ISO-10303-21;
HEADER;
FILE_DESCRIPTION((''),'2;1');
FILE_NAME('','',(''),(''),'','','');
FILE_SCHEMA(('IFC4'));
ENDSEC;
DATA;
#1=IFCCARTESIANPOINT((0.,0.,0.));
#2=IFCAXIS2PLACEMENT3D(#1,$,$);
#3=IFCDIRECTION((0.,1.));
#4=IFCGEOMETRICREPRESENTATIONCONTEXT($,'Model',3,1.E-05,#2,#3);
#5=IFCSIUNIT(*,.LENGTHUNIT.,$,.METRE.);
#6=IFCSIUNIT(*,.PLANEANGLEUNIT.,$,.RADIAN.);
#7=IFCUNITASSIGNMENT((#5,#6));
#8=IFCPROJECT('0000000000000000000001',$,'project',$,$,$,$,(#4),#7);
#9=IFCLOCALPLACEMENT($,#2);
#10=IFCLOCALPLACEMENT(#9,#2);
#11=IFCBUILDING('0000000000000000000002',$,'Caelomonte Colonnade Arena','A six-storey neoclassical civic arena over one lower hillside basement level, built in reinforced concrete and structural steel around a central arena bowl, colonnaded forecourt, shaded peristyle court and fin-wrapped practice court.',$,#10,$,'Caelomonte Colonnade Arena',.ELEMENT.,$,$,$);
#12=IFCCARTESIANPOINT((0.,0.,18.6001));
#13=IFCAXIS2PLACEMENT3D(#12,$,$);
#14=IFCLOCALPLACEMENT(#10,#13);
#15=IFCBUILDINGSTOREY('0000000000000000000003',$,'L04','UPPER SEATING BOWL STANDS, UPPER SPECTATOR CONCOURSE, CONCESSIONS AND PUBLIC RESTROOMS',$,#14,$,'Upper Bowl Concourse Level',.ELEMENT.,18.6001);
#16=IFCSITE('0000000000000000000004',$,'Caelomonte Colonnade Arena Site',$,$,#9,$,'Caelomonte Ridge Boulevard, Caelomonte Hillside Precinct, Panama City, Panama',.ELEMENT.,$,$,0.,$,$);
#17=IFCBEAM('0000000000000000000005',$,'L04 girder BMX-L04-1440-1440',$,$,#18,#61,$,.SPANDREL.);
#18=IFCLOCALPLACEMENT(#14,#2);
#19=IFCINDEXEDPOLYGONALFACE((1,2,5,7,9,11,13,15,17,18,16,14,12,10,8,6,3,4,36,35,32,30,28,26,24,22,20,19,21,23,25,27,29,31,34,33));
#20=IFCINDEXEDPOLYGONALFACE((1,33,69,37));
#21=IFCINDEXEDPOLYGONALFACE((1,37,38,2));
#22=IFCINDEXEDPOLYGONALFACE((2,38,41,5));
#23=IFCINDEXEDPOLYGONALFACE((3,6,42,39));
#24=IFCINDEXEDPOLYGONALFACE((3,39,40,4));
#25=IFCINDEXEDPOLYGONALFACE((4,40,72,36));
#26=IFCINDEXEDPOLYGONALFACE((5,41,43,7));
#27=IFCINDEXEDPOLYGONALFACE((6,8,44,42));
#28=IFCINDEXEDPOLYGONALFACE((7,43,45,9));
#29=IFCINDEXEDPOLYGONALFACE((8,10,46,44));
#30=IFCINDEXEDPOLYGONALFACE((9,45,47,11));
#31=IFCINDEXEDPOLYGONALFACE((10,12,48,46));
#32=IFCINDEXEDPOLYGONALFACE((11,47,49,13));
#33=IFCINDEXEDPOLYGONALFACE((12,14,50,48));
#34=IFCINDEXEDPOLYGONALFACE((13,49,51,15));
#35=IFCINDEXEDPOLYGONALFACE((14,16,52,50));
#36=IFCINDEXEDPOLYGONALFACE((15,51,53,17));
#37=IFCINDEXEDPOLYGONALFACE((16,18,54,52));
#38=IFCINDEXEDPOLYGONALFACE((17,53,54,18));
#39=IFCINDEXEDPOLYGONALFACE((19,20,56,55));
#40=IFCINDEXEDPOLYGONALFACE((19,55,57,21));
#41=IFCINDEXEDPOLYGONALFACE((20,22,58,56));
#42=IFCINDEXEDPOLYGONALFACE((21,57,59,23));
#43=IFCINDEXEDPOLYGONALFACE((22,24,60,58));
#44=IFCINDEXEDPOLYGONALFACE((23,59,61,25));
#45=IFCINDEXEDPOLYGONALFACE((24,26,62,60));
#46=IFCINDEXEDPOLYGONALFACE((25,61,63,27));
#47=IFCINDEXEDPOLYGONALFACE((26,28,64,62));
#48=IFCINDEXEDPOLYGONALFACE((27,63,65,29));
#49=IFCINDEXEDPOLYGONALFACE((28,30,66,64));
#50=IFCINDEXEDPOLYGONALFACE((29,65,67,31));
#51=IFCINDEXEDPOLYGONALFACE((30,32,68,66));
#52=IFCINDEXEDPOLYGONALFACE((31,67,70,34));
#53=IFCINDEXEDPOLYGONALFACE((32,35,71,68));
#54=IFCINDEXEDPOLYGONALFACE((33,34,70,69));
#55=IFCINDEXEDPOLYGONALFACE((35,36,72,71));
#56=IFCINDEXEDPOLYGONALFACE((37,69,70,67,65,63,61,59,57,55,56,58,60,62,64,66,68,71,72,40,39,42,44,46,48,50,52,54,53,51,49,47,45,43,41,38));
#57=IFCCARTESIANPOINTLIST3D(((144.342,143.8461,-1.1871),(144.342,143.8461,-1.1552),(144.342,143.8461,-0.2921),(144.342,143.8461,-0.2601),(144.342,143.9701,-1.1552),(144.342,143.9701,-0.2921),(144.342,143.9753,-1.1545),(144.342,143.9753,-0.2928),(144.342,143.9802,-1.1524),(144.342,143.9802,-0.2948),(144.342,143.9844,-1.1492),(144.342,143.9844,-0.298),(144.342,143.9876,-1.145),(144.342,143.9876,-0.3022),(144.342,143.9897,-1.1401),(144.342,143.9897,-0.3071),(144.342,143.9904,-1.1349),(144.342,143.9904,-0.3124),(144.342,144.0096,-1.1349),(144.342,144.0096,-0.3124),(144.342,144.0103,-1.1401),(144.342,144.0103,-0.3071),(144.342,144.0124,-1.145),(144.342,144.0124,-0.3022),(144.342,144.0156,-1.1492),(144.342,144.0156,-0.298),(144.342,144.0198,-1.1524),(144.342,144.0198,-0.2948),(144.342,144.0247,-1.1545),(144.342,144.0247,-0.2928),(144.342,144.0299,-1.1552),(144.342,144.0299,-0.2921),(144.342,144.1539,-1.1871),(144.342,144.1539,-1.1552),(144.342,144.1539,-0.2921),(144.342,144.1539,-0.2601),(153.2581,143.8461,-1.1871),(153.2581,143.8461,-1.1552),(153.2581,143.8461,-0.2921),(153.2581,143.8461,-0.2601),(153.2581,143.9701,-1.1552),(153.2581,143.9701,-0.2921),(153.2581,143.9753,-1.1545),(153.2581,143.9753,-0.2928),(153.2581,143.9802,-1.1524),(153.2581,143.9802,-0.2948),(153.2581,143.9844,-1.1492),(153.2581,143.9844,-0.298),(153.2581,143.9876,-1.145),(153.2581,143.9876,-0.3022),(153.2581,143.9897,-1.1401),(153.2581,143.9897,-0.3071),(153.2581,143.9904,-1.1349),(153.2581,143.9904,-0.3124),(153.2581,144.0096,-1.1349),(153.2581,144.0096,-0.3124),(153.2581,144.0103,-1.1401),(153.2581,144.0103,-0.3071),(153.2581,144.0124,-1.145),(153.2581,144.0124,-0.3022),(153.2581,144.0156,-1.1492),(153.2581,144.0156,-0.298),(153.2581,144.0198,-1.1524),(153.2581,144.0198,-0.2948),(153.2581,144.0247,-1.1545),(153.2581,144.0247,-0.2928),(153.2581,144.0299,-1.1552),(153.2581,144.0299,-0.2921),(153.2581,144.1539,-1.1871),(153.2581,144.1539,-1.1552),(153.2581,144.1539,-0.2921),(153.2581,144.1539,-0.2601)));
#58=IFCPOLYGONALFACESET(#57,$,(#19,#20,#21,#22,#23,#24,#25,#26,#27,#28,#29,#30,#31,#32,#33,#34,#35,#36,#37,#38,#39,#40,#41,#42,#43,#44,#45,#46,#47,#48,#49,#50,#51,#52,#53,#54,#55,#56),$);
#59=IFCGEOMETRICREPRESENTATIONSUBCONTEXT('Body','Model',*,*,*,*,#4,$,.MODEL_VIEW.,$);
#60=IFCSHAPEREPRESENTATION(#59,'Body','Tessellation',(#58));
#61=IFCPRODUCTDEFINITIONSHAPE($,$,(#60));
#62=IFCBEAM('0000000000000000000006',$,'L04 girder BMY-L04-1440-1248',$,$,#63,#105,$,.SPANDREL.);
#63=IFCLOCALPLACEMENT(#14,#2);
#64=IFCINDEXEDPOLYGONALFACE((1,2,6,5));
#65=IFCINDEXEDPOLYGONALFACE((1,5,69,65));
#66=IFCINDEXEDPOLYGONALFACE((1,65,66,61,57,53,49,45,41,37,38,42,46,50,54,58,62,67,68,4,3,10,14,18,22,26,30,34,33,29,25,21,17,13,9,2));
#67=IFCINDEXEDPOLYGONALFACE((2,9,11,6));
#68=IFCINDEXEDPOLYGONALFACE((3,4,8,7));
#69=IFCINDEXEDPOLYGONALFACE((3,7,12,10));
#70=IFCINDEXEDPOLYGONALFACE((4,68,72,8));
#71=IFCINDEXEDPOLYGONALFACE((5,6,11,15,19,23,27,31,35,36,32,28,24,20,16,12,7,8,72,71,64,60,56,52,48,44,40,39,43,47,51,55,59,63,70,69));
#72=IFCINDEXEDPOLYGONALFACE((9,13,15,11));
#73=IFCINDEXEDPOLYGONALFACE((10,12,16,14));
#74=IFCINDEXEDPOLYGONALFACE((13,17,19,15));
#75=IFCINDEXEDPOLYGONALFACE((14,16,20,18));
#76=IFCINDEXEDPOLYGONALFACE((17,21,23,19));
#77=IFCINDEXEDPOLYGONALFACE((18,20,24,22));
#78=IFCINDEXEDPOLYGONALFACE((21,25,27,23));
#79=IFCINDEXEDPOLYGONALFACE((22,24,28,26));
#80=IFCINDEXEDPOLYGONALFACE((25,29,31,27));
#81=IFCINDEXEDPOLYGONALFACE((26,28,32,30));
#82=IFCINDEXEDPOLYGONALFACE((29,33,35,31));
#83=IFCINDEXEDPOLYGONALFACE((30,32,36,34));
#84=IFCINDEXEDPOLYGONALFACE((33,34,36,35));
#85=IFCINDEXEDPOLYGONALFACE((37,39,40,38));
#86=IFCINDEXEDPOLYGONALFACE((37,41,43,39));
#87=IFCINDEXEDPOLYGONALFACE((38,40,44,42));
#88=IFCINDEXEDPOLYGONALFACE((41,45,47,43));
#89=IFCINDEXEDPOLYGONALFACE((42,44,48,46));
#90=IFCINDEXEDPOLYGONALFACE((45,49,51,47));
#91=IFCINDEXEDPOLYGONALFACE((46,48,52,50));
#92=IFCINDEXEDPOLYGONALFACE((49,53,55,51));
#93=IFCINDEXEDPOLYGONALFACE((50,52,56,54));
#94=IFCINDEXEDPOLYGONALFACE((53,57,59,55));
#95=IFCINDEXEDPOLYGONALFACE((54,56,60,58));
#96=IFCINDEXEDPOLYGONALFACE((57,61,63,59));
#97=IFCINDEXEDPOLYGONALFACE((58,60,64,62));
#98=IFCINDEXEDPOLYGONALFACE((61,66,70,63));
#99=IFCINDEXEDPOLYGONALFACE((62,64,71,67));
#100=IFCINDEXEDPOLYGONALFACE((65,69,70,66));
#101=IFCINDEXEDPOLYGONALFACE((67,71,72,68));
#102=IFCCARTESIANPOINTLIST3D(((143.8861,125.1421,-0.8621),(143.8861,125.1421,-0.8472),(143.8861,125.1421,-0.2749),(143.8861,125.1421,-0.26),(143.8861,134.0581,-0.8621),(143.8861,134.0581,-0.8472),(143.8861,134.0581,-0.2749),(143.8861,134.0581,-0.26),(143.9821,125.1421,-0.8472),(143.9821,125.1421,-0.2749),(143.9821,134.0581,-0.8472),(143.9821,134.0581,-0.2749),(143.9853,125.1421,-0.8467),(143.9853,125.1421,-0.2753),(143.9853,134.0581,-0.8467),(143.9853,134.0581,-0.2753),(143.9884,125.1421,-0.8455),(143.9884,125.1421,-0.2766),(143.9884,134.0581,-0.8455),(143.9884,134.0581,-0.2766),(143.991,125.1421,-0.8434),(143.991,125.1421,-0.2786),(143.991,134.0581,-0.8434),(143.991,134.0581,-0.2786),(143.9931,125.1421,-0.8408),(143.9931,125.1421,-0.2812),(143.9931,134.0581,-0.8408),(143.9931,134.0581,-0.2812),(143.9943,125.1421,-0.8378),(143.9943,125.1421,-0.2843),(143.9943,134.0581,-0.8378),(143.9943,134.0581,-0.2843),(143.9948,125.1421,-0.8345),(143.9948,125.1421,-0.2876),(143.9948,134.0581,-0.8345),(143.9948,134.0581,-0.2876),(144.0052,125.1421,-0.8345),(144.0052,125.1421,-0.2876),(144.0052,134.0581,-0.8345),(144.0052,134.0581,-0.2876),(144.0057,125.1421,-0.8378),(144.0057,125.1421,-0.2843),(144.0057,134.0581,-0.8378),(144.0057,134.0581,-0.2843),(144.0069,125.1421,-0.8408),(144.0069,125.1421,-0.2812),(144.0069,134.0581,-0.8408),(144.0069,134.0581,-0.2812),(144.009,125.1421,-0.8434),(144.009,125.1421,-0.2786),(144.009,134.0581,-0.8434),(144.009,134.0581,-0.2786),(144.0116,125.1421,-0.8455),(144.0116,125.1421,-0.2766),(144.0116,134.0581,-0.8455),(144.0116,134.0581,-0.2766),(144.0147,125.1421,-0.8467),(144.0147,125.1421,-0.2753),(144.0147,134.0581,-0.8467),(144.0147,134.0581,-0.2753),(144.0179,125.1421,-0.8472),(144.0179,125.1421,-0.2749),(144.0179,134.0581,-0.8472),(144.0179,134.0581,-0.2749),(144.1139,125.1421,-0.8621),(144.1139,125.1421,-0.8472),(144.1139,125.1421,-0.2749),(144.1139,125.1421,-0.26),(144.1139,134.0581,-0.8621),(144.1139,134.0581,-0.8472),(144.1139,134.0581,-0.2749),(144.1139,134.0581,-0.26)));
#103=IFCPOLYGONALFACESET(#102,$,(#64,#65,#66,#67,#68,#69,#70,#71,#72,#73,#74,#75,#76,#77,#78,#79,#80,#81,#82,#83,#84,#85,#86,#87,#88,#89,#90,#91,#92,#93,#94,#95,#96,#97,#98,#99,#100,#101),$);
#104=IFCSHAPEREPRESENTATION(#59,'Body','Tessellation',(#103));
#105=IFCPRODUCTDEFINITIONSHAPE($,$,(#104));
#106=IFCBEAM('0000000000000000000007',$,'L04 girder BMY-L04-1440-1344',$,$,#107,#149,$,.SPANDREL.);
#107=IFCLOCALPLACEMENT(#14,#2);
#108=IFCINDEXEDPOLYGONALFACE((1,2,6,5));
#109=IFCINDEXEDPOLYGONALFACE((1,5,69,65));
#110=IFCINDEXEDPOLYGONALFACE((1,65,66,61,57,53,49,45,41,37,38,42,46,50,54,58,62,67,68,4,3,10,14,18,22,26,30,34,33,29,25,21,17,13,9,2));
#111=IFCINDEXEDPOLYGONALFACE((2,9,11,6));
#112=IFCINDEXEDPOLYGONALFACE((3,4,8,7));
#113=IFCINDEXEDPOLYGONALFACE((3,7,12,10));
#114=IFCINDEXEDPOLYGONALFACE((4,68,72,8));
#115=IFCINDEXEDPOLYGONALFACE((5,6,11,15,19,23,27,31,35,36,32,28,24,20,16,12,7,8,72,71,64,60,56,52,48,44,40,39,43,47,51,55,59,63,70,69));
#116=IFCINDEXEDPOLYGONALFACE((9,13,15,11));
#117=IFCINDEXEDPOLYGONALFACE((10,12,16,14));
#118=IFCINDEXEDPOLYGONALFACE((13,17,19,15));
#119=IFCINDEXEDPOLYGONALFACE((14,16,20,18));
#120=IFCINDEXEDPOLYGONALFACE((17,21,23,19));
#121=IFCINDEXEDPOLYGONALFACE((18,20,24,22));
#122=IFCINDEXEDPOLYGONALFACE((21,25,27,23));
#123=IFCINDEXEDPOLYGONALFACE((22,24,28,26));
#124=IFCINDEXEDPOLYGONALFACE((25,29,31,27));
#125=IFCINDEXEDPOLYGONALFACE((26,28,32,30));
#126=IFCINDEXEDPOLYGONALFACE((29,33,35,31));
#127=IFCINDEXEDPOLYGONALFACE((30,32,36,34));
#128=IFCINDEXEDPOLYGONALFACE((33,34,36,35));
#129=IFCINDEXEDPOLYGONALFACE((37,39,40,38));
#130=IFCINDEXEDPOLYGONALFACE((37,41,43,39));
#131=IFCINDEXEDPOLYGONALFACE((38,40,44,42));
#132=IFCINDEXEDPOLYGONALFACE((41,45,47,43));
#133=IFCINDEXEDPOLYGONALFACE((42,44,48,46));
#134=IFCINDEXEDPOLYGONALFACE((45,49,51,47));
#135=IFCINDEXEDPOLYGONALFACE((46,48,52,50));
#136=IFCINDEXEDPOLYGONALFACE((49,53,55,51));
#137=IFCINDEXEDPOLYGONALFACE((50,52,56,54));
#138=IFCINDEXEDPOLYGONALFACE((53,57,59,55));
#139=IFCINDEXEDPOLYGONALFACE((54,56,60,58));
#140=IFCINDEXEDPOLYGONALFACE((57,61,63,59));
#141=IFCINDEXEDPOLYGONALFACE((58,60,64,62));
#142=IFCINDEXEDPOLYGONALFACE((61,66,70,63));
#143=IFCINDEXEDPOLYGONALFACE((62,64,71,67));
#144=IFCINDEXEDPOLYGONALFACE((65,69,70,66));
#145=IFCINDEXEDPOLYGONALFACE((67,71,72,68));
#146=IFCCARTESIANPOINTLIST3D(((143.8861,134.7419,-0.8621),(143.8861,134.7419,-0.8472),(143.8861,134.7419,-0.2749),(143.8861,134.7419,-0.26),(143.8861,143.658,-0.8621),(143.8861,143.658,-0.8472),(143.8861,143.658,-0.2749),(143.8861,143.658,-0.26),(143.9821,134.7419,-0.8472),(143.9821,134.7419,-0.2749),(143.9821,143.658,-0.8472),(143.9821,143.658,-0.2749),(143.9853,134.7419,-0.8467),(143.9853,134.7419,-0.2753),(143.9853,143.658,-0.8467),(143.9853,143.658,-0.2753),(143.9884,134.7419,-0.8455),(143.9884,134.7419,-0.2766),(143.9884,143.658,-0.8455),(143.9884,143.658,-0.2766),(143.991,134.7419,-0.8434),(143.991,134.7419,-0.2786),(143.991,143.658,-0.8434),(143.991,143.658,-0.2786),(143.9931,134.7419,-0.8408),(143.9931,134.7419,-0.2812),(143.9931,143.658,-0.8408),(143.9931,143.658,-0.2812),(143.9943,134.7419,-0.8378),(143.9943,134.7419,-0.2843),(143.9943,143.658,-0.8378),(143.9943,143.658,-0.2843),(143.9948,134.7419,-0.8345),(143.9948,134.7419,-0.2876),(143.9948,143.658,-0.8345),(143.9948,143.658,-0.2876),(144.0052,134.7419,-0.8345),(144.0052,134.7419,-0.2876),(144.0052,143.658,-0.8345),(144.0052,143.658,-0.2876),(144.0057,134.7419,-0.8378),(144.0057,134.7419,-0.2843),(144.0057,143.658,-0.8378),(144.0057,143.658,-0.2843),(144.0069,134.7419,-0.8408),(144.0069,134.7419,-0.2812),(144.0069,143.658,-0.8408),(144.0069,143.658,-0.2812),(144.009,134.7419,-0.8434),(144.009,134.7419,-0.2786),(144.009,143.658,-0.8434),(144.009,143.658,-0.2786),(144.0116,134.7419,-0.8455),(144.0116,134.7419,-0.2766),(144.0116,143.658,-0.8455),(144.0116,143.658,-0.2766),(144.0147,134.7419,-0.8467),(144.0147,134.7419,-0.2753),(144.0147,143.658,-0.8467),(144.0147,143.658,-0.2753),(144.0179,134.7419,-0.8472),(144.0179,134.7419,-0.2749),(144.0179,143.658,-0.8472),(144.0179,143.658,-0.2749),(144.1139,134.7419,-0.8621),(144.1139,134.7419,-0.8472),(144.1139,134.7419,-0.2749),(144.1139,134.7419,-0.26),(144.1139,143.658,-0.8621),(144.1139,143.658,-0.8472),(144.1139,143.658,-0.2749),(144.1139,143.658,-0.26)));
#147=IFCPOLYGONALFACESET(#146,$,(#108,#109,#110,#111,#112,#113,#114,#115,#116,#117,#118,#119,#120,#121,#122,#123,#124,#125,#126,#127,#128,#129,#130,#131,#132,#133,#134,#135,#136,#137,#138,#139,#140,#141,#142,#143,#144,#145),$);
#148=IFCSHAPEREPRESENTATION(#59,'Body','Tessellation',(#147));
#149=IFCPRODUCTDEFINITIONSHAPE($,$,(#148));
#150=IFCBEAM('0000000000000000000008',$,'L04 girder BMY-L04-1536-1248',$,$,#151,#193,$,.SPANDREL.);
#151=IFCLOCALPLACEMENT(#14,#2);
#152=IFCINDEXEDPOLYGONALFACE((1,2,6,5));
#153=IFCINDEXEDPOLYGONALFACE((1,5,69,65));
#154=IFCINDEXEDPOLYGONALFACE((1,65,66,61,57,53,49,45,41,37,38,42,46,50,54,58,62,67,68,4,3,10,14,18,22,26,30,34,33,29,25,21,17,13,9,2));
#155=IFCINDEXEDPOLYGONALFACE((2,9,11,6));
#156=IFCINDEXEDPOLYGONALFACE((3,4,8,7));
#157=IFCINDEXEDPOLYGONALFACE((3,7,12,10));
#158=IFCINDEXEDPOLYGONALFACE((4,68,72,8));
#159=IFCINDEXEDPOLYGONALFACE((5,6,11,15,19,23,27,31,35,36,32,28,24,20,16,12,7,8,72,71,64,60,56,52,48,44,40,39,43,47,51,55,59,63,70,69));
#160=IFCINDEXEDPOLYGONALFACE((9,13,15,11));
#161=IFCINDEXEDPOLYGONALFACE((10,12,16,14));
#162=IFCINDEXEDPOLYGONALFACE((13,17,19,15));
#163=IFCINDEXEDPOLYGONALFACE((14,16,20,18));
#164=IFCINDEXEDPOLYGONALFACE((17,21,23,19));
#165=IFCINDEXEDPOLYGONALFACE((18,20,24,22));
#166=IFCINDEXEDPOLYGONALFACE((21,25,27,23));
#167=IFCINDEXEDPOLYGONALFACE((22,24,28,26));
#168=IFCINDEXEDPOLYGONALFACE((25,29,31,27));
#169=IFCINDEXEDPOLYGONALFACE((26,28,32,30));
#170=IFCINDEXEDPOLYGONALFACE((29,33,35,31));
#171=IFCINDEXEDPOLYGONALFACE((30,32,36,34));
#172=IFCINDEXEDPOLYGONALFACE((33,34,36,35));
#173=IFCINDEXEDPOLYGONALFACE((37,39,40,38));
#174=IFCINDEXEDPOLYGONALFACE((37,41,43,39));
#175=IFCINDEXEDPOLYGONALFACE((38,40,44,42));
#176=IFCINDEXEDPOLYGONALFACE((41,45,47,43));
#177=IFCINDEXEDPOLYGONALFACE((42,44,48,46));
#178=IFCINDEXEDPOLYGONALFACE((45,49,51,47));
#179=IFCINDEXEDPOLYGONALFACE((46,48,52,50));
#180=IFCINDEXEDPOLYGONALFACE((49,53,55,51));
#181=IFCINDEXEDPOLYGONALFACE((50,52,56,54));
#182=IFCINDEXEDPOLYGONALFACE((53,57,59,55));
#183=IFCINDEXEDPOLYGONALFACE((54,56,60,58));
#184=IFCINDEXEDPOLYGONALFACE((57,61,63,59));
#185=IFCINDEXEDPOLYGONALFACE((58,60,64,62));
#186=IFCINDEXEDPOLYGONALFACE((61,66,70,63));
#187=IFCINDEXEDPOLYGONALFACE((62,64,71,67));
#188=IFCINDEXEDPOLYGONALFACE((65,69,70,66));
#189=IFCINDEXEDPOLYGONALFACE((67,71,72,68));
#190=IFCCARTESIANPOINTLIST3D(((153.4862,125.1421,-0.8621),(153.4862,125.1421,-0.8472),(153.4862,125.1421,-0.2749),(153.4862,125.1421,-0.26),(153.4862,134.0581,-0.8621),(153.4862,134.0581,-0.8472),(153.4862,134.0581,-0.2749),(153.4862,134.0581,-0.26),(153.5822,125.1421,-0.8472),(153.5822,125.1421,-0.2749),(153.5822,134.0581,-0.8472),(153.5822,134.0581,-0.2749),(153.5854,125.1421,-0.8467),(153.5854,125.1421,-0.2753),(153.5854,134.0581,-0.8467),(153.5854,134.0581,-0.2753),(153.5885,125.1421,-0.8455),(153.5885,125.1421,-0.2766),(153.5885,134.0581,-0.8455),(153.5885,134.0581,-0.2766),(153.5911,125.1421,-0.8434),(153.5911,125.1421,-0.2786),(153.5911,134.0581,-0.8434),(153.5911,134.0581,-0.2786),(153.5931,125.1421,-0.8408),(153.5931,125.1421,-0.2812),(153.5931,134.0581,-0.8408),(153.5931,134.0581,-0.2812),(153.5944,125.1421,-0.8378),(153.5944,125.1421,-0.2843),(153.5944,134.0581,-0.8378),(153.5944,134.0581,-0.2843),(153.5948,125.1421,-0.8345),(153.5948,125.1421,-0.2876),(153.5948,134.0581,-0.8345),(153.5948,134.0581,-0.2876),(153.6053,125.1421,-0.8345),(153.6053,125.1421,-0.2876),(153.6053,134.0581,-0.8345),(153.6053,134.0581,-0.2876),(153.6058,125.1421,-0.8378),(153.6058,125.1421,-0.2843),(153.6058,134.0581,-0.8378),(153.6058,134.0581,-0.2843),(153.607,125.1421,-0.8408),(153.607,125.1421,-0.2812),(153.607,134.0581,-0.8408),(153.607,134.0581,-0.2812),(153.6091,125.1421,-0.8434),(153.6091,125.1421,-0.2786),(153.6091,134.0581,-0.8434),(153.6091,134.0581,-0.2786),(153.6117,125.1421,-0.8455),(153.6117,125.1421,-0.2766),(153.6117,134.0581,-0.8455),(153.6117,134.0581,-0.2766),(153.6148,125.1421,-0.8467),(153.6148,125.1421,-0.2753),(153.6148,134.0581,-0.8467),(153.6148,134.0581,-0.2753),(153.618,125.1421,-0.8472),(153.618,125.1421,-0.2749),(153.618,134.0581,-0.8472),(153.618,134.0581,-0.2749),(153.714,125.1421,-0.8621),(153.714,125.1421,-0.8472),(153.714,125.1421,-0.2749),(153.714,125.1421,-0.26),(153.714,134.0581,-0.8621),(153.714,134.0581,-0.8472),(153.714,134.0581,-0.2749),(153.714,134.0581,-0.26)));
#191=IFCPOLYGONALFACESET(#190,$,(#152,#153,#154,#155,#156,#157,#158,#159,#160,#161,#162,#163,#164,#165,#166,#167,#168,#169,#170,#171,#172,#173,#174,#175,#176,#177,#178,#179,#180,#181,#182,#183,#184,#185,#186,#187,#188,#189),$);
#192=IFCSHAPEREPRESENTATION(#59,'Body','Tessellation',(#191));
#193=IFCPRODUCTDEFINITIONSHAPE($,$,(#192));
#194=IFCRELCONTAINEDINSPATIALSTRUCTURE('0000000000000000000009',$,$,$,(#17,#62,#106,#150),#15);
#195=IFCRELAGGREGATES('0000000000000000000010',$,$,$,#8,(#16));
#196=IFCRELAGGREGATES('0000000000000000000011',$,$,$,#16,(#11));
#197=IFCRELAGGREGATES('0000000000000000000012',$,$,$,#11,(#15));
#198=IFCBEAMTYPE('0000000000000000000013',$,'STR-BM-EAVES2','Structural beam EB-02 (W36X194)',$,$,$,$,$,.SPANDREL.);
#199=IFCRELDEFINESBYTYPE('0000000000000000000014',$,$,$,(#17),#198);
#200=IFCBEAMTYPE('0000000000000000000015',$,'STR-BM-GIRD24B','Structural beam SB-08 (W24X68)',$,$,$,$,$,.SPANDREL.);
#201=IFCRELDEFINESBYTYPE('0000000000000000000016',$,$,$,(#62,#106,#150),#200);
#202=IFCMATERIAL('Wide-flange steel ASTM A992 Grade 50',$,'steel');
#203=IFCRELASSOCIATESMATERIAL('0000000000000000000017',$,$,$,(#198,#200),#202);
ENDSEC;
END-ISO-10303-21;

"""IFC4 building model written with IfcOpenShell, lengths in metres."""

from ifc_helpers import new_model, si_unit, direction, frame, origin, origin_2d, place, context, subcontext, project, spatial, i_section, extrude, material, material_profile, profile_set, type_object, element, save


model = new_model("IFC4")

# Units and contexts
model_context = context("Model", 3, precision=1e-05, world=origin(), true_north=direction((0.0, 1.0)))
body_context = subcontext(model_context, "Body", "Model", "MODEL_VIEW")
ifc_project = project(units=[si_unit("LENGTHUNIT", "METRE"), si_unit("PLANEANGLEUNIT", "RADIAN")], contexts=[model_context])

# Site, building, storey
site_placement = place(None, origin())
site = spatial("IfcSite", under=ifc_project, at=site_placement, Name="Caelomonte Colonnade Arena Site", LongName="Caelomonte Ridge Boulevard, Caelomonte Hillside Precinct, Panama City, Panama", CompositionType="ELEMENT", RefElevation=0.0)
building_placement = place(site_placement, origin())
building = spatial("IfcBuilding", under=site, at=building_placement, Name="Caelomonte Colonnade Arena", Description="A six-storey neoclassical civic arena over one lower hillside basement level, built in reinforced concrete and structural steel around a central arena bowl, colonnaded forecourt, shaded peristyle court and fin-wrapped practice court.", LongName="Caelomonte Colonnade Arena", CompositionType="ELEMENT")
storey_placement = place(building_placement, frame((0.0, 0.0, 18.6001)))
storey = spatial("IfcBuildingStorey", under=building, at=storey_placement, Name="L04", Description="UPPER SEATING BOWL STANDS, UPPER SPECTATOR CONCOURSE, CONCESSIONS AND PUBLIC RESTROOMS", LongName="Upper Bowl Concourse Level", CompositionType="ELEMENT", Elevation=18.6001)

# Shared definitions
ifc_material_1 = material(Name="Wide-flange steel ASTM A992 Grade 50", Category="steel")

# Beams
ifc_material_profile_1 = material_profile(ifc_material_1, i_section(OverallWidth=0.3079, OverallDepth=0.927, WebThickness=0.0193, FlangeThickness=0.032, FilletRadius=0.0203, at=origin_2d()), Name="W36X194")
ifc_profile_set_1 = profile_set([ifc_material_profile_1], Name="Wide-flange steel ASTM A992 Grade 50")
beam_type_1 = type_object("IfcBeamType", Name="STR-BM-EAVES2", Description="Structural beam EB-02 (W36X194)", PredefinedType="SPANDREL", material=ifc_profile_set_1)
beam_1_placement = place(storey_placement, frame((144.342, 144.0, -0.7236), z_axis=(1.0, 0.0, 0.0), x_axis=(0.0, 1.0, 0.0)))
element("IfcBeam", 1, at=beam_1_placement, inside=storey, type_object=beam_type_1, Name="L04 girder BMX-L04-1440-1440", PredefinedType="SPANDREL", context=body_context, shape_type="SweptSolid", body=[
    extrude(i_section(OverallWidth=0.3079, OverallDepth=0.927, WebThickness=0.0193, FlangeThickness=0.032, FilletRadius=0.0203, at=origin_2d()), origin(), (0.0, 0.0, 1.0), 8.916),
])
ifc_material_profile_2 = material_profile(ifc_material_1, i_section(OverallWidth=0.2278, OverallDepth=0.6021, WebThickness=0.0105, FlangeThickness=0.0149, FilletRadius=0.0127, at=origin_2d()), Name="W24X68")
ifc_profile_set_2 = profile_set([ifc_material_profile_2], Name="Wide-flange steel ASTM A992 Grade 50")
beam_type_2 = type_object("IfcBeamType", Name="STR-BM-GIRD24B", Description="Structural beam SB-08 (W24X68)", PredefinedType="SPANDREL", material=ifc_profile_set_2)
for number, where, z_axis, x_axis, name in (
    (2, (144.0, 125.1421, -0.561), (0.0, 1.0, 0.0), (-1.0, 0.0, 0.0), "L04 girder BMY-L04-1440-1248"),
    (3, (144.0, 134.7419, -0.561), (0.0, 1.0, 0.0), (-1.0, 0.0, 0.0), "L04 girder BMY-L04-1440-1344"),
    (4, (153.6001, 125.1421, -0.561), (0.0, 1.0, 0.0), (-1.0, 0.0, 0.0), "L04 girder BMY-L04-1536-1248"),
):
    element("IfcBeam", number, at=place(storey_placement, frame(where, z_axis=z_axis, x_axis=x_axis)), inside=storey, type_object=beam_type_2, Name=name, PredefinedType="SPANDREL", context=body_context, shape_type="SweptSolid", body=[
        extrude(i_section(OverallWidth=0.2278, OverallDepth=0.6021, WebThickness=0.0105, FlangeThickness=0.0149, FilletRadius=0.0127, at=origin_2d()), origin(), (0.0, 0.0, 1.0), 8.916),
    ])

save(model, "model.ifc")
